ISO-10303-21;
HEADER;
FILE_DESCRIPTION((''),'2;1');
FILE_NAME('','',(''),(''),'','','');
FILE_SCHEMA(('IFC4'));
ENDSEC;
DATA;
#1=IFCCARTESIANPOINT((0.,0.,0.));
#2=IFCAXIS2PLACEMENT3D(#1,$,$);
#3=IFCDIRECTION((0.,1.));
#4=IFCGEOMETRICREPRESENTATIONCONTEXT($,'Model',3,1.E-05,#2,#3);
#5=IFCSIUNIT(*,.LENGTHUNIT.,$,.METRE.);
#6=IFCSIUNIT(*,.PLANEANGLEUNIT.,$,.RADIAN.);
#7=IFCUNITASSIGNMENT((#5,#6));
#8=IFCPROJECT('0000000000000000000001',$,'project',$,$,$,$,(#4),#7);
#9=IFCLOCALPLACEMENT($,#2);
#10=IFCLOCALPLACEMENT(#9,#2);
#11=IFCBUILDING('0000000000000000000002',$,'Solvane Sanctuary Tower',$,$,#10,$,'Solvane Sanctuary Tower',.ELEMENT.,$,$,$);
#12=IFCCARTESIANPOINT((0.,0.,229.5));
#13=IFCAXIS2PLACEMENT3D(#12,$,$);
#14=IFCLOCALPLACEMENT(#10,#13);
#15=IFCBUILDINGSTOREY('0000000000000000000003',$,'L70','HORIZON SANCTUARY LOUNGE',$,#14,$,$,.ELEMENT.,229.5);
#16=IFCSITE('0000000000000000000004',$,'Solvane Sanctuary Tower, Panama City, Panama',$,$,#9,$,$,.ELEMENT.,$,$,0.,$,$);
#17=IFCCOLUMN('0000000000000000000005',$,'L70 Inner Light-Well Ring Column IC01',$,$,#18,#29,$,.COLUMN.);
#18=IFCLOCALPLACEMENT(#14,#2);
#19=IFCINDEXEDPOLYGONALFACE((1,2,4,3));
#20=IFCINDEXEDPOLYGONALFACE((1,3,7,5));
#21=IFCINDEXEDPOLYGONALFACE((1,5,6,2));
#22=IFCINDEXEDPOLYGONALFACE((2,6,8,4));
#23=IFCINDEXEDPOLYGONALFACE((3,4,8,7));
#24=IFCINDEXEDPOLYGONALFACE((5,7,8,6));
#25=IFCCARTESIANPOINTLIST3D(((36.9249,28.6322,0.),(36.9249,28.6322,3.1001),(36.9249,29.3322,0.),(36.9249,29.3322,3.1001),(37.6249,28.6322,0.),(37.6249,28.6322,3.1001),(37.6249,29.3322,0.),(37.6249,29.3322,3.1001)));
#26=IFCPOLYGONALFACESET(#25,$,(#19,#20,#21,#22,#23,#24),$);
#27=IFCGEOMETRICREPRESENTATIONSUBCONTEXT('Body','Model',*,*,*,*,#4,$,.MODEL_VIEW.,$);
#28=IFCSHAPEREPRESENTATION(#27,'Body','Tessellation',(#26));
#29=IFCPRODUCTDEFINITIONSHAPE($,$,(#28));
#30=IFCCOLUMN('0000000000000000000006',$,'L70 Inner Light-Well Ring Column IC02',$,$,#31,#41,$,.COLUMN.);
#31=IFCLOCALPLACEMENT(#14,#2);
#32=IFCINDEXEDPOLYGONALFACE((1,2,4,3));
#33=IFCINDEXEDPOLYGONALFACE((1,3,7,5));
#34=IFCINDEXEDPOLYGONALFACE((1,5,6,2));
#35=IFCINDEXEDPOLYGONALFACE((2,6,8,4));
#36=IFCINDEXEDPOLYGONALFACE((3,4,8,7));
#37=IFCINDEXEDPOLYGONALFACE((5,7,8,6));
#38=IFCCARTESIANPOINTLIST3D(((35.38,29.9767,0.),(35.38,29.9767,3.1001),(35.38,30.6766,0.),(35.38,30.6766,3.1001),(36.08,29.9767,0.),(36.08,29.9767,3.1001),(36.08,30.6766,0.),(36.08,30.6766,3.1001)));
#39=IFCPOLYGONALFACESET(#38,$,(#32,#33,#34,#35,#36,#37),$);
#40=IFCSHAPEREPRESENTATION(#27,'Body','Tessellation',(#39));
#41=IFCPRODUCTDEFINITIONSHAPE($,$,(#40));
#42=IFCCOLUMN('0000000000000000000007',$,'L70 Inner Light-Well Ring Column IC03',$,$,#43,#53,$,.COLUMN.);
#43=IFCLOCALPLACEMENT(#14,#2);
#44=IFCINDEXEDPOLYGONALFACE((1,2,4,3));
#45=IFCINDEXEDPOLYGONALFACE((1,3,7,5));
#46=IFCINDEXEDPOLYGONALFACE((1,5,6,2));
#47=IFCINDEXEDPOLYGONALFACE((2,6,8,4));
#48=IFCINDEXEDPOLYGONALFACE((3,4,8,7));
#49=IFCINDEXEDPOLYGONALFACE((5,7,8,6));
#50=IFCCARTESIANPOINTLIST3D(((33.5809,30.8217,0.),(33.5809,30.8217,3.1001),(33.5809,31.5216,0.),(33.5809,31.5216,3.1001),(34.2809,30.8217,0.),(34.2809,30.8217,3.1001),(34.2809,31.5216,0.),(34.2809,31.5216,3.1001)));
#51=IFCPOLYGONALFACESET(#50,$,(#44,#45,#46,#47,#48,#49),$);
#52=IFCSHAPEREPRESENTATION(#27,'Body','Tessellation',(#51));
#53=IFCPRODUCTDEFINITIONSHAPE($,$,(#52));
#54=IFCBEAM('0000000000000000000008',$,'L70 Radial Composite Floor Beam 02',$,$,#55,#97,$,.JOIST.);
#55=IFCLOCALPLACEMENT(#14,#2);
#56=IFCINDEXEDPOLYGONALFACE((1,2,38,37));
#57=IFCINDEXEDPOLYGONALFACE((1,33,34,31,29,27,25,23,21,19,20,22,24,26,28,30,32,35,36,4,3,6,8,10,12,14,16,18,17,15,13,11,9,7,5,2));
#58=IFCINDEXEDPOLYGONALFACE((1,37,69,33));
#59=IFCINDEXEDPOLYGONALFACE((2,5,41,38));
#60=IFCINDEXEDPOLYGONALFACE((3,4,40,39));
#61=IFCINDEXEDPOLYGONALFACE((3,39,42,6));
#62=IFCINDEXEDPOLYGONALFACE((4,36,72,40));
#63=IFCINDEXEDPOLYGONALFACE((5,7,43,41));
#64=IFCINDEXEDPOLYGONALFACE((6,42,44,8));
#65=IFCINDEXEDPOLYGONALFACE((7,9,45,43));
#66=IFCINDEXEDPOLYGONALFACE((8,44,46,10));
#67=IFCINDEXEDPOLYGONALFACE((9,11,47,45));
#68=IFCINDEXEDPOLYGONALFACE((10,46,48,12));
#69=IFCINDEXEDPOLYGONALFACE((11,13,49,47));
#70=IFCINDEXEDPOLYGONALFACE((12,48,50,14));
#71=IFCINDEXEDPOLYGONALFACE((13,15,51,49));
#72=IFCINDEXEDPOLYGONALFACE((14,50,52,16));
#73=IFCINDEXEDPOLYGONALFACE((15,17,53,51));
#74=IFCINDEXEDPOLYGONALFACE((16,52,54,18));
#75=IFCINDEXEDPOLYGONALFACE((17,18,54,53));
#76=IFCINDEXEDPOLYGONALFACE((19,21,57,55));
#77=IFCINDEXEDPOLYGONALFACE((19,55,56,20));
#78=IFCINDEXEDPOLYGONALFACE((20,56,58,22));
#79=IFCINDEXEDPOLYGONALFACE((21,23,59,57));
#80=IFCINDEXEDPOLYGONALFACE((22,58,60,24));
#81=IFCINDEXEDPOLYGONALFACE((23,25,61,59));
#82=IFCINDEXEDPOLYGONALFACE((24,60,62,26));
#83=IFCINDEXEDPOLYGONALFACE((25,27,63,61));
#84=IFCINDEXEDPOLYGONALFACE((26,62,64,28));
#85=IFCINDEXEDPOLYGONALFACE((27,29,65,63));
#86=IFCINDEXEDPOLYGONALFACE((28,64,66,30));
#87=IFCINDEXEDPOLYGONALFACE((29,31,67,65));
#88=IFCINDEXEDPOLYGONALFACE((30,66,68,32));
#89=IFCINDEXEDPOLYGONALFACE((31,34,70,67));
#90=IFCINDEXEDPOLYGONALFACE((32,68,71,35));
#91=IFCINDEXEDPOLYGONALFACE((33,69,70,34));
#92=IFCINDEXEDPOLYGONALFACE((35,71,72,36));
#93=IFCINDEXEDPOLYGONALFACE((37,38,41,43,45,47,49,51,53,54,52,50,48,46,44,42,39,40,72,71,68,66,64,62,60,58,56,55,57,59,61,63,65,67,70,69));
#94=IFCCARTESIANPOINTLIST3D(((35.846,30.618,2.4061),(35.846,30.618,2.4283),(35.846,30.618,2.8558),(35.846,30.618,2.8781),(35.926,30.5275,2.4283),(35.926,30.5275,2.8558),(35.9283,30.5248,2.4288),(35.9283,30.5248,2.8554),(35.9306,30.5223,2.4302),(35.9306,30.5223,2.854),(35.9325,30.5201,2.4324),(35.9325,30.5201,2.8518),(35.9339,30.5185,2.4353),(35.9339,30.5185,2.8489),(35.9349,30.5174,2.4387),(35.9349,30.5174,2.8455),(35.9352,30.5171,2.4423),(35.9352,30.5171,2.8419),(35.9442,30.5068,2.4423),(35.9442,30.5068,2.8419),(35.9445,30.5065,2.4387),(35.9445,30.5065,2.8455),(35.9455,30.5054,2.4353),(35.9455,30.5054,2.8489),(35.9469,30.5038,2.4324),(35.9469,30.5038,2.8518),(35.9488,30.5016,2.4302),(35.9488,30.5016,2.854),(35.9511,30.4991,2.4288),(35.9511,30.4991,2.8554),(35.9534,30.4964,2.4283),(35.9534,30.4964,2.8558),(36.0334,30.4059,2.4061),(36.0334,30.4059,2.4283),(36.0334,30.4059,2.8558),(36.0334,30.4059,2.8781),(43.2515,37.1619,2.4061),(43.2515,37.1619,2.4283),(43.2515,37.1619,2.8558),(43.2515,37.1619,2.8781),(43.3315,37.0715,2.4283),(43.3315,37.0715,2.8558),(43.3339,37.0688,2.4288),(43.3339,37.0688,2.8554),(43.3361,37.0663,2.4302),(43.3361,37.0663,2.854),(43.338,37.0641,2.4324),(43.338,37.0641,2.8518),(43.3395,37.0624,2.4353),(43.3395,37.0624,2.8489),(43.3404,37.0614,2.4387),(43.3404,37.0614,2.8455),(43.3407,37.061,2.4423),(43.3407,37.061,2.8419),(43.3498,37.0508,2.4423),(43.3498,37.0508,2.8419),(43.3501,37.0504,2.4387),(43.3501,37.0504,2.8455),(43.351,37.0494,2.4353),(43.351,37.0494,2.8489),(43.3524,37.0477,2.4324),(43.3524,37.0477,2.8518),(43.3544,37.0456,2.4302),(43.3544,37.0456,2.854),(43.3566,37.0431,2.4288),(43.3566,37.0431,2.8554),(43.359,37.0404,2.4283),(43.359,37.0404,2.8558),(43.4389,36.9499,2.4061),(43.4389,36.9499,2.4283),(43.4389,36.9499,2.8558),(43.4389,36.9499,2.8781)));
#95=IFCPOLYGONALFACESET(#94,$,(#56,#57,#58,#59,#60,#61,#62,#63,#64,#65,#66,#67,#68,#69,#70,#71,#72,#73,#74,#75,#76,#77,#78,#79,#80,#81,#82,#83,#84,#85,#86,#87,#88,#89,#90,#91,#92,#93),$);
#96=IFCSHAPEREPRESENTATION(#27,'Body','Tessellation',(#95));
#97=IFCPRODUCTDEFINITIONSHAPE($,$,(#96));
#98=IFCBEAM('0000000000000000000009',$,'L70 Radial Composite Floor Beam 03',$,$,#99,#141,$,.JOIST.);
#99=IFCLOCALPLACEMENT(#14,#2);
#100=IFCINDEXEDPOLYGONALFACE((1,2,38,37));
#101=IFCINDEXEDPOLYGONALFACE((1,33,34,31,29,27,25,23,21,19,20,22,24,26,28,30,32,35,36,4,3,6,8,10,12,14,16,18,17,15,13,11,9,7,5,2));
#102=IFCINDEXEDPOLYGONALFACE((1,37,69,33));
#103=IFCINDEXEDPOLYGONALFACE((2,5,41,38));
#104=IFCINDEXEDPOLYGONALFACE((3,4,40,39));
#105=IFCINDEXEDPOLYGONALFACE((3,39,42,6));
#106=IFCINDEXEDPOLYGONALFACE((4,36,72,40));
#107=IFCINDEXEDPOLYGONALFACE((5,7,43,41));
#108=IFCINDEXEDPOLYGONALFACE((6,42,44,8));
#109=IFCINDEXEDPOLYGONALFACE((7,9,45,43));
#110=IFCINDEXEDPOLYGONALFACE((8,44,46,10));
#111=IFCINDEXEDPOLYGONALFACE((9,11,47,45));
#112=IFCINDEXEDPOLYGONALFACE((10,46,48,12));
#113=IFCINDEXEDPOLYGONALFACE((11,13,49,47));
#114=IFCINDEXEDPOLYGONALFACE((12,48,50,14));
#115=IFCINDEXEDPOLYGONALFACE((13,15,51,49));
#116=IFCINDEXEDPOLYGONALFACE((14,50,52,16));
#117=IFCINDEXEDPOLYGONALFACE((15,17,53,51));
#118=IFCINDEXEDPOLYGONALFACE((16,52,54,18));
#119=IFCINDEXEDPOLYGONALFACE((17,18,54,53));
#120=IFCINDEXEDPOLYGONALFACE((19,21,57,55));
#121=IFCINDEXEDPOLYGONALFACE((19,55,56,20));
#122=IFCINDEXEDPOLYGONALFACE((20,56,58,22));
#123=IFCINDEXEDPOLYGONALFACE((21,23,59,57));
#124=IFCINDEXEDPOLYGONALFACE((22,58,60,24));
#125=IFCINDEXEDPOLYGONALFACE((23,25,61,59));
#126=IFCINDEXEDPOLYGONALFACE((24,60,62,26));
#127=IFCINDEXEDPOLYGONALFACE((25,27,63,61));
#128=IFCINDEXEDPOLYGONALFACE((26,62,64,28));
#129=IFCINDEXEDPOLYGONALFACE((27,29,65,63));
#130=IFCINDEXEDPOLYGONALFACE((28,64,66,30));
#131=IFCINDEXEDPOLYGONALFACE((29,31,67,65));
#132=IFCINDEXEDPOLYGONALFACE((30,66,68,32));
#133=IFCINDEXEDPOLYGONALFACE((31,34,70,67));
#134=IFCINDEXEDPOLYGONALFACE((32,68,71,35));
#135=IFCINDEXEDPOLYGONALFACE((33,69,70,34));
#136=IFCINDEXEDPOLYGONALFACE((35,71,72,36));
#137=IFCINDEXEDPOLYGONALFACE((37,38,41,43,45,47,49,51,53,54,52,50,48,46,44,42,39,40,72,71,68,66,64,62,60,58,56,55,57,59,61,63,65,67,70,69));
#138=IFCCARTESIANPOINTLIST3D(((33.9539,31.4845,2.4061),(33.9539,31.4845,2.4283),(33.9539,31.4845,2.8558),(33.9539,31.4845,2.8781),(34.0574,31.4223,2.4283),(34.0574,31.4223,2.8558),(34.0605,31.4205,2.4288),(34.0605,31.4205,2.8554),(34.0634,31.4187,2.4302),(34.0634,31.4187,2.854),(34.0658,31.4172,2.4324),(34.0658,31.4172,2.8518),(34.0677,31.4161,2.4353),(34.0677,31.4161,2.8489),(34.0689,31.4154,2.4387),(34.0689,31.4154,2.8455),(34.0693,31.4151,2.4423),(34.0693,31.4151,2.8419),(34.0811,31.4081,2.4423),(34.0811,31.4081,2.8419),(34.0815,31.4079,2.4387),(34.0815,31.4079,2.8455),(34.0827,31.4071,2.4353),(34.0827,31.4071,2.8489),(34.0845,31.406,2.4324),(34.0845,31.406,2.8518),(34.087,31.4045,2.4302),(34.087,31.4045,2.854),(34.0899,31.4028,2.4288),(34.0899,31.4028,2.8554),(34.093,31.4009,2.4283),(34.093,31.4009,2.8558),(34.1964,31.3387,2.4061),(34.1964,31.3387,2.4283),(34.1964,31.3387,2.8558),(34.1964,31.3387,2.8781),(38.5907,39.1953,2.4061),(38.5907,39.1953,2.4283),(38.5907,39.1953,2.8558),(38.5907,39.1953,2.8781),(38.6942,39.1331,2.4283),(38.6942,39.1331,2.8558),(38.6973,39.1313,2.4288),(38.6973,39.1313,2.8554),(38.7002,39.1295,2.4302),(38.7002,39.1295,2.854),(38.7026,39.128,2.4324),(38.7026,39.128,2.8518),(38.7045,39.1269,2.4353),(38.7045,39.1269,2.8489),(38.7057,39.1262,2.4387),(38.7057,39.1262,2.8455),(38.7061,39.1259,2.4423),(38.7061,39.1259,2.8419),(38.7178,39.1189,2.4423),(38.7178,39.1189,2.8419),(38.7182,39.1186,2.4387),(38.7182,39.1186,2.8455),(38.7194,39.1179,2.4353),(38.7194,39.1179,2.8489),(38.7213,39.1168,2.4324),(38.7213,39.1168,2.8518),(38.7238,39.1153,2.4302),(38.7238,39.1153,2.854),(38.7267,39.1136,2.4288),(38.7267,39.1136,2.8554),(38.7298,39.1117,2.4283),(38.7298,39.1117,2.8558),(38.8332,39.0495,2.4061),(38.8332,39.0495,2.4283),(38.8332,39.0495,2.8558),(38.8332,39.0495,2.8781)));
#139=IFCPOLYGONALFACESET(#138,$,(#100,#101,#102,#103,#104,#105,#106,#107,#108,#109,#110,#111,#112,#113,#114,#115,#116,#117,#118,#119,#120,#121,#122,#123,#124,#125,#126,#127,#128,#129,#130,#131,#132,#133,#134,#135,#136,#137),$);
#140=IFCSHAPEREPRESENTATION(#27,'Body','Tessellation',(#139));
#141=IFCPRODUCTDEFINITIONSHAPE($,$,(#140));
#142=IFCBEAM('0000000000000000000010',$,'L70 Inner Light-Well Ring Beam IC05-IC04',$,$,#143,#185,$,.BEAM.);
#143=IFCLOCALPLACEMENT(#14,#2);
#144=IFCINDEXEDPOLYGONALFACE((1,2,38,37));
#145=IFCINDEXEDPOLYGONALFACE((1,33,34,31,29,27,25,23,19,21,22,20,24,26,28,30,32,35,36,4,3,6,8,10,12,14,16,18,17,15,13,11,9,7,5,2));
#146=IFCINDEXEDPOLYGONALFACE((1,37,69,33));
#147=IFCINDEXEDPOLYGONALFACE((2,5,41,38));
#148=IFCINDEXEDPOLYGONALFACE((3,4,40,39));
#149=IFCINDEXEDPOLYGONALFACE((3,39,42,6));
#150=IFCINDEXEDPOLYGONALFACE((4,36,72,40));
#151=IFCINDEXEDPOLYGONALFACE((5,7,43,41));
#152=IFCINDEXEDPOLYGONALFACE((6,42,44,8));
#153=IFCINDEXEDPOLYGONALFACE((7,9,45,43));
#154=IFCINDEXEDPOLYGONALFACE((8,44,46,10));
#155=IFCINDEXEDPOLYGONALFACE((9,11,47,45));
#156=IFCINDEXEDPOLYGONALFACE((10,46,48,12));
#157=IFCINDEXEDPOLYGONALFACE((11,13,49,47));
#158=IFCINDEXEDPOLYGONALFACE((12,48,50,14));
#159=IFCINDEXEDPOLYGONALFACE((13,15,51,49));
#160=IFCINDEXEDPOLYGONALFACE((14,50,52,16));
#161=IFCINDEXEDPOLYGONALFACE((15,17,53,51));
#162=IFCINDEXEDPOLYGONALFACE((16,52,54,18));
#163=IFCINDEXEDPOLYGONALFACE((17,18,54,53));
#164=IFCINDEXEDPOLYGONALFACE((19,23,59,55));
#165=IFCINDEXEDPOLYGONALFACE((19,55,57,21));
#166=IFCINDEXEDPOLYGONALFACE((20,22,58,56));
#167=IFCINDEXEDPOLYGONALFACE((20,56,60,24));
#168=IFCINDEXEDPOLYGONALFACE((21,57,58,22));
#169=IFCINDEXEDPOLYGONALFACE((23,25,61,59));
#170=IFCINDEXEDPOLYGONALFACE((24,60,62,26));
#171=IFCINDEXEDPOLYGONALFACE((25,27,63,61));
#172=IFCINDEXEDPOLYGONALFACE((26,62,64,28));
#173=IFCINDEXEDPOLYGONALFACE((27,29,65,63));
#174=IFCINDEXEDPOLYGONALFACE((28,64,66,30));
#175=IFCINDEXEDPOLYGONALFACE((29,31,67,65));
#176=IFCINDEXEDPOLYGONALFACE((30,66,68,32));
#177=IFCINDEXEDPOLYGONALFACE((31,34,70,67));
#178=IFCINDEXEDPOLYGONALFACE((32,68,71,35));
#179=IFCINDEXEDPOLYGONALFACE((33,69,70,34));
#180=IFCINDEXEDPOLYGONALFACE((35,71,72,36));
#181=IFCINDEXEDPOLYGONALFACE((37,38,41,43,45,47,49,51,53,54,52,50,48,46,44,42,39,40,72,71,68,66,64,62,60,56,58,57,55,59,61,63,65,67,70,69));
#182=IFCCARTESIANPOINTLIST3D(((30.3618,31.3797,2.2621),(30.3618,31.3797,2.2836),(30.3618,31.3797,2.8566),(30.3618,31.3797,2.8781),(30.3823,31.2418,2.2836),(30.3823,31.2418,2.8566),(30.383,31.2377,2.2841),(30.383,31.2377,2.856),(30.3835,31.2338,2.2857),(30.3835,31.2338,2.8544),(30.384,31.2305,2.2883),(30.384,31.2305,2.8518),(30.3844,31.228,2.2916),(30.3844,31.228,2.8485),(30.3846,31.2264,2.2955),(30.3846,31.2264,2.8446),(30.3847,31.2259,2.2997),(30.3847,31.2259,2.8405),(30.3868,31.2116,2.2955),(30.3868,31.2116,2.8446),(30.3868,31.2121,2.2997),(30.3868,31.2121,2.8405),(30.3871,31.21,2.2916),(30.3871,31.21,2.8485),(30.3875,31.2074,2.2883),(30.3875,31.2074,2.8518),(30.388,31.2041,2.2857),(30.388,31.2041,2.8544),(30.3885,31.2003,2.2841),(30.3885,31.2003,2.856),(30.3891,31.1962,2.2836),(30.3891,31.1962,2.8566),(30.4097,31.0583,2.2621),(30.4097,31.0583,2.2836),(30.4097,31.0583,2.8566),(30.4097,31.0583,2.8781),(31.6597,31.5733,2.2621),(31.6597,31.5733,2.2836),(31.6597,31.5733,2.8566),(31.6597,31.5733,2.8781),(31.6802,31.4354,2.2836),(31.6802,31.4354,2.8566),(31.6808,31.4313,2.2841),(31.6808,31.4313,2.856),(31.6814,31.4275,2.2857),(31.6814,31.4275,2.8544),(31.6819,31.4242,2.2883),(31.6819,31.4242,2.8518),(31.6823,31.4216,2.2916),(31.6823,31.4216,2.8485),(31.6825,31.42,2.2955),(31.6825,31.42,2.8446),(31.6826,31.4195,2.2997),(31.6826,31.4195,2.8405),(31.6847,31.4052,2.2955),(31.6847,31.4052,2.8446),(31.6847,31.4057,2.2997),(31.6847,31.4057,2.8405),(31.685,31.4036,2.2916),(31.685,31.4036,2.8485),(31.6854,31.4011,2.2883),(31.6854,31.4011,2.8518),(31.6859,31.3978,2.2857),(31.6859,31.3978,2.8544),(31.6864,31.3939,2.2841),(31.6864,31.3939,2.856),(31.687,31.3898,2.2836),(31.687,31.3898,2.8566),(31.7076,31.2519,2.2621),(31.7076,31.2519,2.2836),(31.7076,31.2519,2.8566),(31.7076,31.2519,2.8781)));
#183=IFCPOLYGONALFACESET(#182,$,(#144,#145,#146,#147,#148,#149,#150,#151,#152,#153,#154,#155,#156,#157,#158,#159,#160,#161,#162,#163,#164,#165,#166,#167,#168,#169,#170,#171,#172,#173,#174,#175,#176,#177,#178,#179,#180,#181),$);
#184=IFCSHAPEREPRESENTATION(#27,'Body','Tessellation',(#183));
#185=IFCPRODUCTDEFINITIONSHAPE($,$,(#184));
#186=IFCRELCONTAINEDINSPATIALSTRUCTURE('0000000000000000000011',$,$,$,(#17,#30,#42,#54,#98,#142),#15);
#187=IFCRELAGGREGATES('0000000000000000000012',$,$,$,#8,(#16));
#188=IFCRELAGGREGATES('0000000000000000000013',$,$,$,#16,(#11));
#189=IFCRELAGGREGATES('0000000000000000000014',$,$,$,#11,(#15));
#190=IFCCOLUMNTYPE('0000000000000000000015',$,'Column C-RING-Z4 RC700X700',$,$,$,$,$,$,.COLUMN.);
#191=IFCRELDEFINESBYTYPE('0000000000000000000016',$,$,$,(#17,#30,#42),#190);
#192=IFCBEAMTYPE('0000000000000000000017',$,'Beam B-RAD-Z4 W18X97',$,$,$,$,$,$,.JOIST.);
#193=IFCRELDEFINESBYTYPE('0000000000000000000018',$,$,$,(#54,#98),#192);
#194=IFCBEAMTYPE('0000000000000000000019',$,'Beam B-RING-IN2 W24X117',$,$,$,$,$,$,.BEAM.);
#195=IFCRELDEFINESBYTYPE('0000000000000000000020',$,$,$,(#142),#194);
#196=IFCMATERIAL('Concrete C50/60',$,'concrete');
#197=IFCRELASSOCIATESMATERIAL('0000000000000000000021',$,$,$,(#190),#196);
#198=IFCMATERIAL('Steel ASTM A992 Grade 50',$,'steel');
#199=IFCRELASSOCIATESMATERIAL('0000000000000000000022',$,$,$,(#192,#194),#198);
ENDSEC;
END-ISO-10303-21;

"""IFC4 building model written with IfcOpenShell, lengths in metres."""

from ifc_helpers import new_model, si_unit, direction, frame, origin, origin_2d, place, context, subcontext, project, spatial, rectangle, i_section, extrude, material, material_profile, profile_set, type_object, element, save


model = new_model("IFC4")

# Units and contexts
model_context = context("Model", 3, precision=1e-05, world=origin(), true_north=direction((0.0, 1.0)))
body_context = subcontext(model_context, "Body", "Model", "MODEL_VIEW")
ifc_project = project(units=[si_unit("LENGTHUNIT", "METRE"), si_unit("PLANEANGLEUNIT", "RADIAN")], contexts=[model_context])

# Site, building, storey
site_placement = place(None, origin())
site = spatial("IfcSite", under=ifc_project, at=site_placement, Name="Solvane Sanctuary Tower, Panama City, Panama", CompositionType="ELEMENT", RefElevation=0.0)
building_placement = place(site_placement, origin())
building = spatial("IfcBuilding", under=site, at=building_placement, Name="Solvane Sanctuary Tower", LongName="Solvane Sanctuary Tower", CompositionType="ELEMENT")
storey_placement = place(building_placement, frame((0.0, 0.0, 229.5)))
storey = spatial("IfcBuildingStorey", under=building, at=storey_placement, Name="L70", Description="HORIZON SANCTUARY LOUNGE", CompositionType="ELEMENT", Elevation=229.5)

# Columns
ifc_material_1 = material(Name="Concrete C50/60", Category="concrete")
ifc_material_profile_1 = material_profile(ifc_material_1, rectangle(XDim=0.7, YDim=0.7, at=origin_2d()), Name="RC700X700")
ifc_profile_set_1 = profile_set([ifc_material_profile_1], Name="Concrete C50/60")
column_type = type_object("IfcColumnType", Name="Column C-RING-Z4 RC700X700", PredefinedType="COLUMN", material=ifc_profile_set_1)
for number, where, z_axis, x_axis, name in (
    (1, (37.2749, 28.9822, 0.0), (0.0, 0.0, 1.0), (1.0, 0.0, 0.0), "L70 Inner Light-Well Ring Column IC01"),
    (2, (35.73, 30.3267, 0.0), (0.0, 0.0, 1.0), (1.0, 0.0, 0.0), "L70 Inner Light-Well Ring Column IC02"),
    (3, (33.9309, 31.1716, 0.0), (0.0, 0.0, 1.0), (1.0, 0.0, 0.0), "L70 Inner Light-Well Ring Column IC03"),
):
    element("IfcColumn", number, at=place(storey_placement, frame(where, z_axis=z_axis, x_axis=x_axis)), inside=storey, type_object=column_type, Name=name, PredefinedType="COLUMN", context=body_context, shape_type="SweptSolid", body=[
        extrude(rectangle(XDim=0.7, YDim=0.7, at=origin_2d()), origin(), (0.0, 0.0, 1.0), 3.1001),
    ])

# Beams
ifc_material_2 = material(Name="Steel ASTM A992 Grade 50", Category="steel")
ifc_material_profile_2 = material_profile(ifc_material_2, i_section(OverallWidth=0.283, OverallDepth=0.4719, WebThickness=0.0137, FlangeThickness=0.0222, FilletRadius=0.0139, at=origin_2d()), Name="W18X97")
ifc_profile_set_2 = profile_set([ifc_material_profile_2], Name="Steel ASTM A992 Grade 50")
beam_type_1 = type_object("IfcBeamType", Name="Beam B-RAD-Z4 W18X97", PredefinedType="JOIST", material=ifc_profile_set_2)
beam_1_placement = place(storey_placement, frame((35.9397, 30.512, 2.6421), z_axis=(0.749352, 0.662171, 0.0), x_axis=(-0.662171, 0.749352, 0.0)))
element("IfcBeam", 4, at=beam_1_placement, inside=storey, type_object=beam_type_1, Name="L70 Radial Composite Floor Beam 02", PredefinedType="JOIST", context=body_context, shape_type="SweptSolid", body=[
    extrude(i_section(OverallWidth=0.283, OverallDepth=0.4719, WebThickness=0.0137, FlangeThickness=0.0222, FilletRadius=0.0139, at=origin_2d()), origin(), (0.0, 0.0, 1.0), 9.8826),
])
beam_2_placement = place(storey_placement, frame((34.0752, 31.4116, 2.6421), z_axis=(0.515337, 0.856987, 0.0), x_axis=(-0.856987, 0.515337, 0.0)))
element("IfcBeam", 5, at=beam_2_placement, inside=storey, type_object=beam_type_1, Name="L70 Radial Composite Floor Beam 03", PredefinedType="JOIST", context=body_context, shape_type="SweptSolid", body=[
    extrude(i_section(OverallWidth=0.283, OverallDepth=0.4719, WebThickness=0.0137, FlangeThickness=0.0222, FilletRadius=0.0139, at=origin_2d()), origin(), (0.0, 0.0, 1.0), 8.9976),
])
ifc_material_profile_3 = material_profile(ifc_material_2, i_section(OverallWidth=0.325, OverallDepth=0.616, WebThickness=0.0139, FlangeThickness=0.0215, FilletRadius=0.0161, at=origin_2d()), Name="W24X117")
ifc_profile_set_3 = profile_set([ifc_material_profile_3], Name="Steel ASTM A992 Grade 50")
beam_type_2 = type_object("IfcBeamType", Name="Beam B-RING-IN2 W24X117", PredefinedType="BEAM", material=ifc_profile_set_3)
beam_3_placement = place(storey_placement, frame((30.3857, 31.219, 2.5701), z_axis=(0.989056, 0.14754, 0.0), x_axis=(-0.14754, 0.989056, 0.0)))
element("IfcBeam", 6, at=beam_3_placement, inside=storey, type_object=beam_type_2, Name="L70 Inner Light-Well Ring Beam IC05-IC04", PredefinedType="BEAM", context=body_context, shape_type="SweptSolid", body=[
    extrude(i_section(OverallWidth=0.325, OverallDepth=0.616, WebThickness=0.0139, FlangeThickness=0.0215, FilletRadius=0.0161, at=origin_2d()), origin(), (0.0, 0.0, 1.0), 1.3123),
])

save(model, "model.ifc")
